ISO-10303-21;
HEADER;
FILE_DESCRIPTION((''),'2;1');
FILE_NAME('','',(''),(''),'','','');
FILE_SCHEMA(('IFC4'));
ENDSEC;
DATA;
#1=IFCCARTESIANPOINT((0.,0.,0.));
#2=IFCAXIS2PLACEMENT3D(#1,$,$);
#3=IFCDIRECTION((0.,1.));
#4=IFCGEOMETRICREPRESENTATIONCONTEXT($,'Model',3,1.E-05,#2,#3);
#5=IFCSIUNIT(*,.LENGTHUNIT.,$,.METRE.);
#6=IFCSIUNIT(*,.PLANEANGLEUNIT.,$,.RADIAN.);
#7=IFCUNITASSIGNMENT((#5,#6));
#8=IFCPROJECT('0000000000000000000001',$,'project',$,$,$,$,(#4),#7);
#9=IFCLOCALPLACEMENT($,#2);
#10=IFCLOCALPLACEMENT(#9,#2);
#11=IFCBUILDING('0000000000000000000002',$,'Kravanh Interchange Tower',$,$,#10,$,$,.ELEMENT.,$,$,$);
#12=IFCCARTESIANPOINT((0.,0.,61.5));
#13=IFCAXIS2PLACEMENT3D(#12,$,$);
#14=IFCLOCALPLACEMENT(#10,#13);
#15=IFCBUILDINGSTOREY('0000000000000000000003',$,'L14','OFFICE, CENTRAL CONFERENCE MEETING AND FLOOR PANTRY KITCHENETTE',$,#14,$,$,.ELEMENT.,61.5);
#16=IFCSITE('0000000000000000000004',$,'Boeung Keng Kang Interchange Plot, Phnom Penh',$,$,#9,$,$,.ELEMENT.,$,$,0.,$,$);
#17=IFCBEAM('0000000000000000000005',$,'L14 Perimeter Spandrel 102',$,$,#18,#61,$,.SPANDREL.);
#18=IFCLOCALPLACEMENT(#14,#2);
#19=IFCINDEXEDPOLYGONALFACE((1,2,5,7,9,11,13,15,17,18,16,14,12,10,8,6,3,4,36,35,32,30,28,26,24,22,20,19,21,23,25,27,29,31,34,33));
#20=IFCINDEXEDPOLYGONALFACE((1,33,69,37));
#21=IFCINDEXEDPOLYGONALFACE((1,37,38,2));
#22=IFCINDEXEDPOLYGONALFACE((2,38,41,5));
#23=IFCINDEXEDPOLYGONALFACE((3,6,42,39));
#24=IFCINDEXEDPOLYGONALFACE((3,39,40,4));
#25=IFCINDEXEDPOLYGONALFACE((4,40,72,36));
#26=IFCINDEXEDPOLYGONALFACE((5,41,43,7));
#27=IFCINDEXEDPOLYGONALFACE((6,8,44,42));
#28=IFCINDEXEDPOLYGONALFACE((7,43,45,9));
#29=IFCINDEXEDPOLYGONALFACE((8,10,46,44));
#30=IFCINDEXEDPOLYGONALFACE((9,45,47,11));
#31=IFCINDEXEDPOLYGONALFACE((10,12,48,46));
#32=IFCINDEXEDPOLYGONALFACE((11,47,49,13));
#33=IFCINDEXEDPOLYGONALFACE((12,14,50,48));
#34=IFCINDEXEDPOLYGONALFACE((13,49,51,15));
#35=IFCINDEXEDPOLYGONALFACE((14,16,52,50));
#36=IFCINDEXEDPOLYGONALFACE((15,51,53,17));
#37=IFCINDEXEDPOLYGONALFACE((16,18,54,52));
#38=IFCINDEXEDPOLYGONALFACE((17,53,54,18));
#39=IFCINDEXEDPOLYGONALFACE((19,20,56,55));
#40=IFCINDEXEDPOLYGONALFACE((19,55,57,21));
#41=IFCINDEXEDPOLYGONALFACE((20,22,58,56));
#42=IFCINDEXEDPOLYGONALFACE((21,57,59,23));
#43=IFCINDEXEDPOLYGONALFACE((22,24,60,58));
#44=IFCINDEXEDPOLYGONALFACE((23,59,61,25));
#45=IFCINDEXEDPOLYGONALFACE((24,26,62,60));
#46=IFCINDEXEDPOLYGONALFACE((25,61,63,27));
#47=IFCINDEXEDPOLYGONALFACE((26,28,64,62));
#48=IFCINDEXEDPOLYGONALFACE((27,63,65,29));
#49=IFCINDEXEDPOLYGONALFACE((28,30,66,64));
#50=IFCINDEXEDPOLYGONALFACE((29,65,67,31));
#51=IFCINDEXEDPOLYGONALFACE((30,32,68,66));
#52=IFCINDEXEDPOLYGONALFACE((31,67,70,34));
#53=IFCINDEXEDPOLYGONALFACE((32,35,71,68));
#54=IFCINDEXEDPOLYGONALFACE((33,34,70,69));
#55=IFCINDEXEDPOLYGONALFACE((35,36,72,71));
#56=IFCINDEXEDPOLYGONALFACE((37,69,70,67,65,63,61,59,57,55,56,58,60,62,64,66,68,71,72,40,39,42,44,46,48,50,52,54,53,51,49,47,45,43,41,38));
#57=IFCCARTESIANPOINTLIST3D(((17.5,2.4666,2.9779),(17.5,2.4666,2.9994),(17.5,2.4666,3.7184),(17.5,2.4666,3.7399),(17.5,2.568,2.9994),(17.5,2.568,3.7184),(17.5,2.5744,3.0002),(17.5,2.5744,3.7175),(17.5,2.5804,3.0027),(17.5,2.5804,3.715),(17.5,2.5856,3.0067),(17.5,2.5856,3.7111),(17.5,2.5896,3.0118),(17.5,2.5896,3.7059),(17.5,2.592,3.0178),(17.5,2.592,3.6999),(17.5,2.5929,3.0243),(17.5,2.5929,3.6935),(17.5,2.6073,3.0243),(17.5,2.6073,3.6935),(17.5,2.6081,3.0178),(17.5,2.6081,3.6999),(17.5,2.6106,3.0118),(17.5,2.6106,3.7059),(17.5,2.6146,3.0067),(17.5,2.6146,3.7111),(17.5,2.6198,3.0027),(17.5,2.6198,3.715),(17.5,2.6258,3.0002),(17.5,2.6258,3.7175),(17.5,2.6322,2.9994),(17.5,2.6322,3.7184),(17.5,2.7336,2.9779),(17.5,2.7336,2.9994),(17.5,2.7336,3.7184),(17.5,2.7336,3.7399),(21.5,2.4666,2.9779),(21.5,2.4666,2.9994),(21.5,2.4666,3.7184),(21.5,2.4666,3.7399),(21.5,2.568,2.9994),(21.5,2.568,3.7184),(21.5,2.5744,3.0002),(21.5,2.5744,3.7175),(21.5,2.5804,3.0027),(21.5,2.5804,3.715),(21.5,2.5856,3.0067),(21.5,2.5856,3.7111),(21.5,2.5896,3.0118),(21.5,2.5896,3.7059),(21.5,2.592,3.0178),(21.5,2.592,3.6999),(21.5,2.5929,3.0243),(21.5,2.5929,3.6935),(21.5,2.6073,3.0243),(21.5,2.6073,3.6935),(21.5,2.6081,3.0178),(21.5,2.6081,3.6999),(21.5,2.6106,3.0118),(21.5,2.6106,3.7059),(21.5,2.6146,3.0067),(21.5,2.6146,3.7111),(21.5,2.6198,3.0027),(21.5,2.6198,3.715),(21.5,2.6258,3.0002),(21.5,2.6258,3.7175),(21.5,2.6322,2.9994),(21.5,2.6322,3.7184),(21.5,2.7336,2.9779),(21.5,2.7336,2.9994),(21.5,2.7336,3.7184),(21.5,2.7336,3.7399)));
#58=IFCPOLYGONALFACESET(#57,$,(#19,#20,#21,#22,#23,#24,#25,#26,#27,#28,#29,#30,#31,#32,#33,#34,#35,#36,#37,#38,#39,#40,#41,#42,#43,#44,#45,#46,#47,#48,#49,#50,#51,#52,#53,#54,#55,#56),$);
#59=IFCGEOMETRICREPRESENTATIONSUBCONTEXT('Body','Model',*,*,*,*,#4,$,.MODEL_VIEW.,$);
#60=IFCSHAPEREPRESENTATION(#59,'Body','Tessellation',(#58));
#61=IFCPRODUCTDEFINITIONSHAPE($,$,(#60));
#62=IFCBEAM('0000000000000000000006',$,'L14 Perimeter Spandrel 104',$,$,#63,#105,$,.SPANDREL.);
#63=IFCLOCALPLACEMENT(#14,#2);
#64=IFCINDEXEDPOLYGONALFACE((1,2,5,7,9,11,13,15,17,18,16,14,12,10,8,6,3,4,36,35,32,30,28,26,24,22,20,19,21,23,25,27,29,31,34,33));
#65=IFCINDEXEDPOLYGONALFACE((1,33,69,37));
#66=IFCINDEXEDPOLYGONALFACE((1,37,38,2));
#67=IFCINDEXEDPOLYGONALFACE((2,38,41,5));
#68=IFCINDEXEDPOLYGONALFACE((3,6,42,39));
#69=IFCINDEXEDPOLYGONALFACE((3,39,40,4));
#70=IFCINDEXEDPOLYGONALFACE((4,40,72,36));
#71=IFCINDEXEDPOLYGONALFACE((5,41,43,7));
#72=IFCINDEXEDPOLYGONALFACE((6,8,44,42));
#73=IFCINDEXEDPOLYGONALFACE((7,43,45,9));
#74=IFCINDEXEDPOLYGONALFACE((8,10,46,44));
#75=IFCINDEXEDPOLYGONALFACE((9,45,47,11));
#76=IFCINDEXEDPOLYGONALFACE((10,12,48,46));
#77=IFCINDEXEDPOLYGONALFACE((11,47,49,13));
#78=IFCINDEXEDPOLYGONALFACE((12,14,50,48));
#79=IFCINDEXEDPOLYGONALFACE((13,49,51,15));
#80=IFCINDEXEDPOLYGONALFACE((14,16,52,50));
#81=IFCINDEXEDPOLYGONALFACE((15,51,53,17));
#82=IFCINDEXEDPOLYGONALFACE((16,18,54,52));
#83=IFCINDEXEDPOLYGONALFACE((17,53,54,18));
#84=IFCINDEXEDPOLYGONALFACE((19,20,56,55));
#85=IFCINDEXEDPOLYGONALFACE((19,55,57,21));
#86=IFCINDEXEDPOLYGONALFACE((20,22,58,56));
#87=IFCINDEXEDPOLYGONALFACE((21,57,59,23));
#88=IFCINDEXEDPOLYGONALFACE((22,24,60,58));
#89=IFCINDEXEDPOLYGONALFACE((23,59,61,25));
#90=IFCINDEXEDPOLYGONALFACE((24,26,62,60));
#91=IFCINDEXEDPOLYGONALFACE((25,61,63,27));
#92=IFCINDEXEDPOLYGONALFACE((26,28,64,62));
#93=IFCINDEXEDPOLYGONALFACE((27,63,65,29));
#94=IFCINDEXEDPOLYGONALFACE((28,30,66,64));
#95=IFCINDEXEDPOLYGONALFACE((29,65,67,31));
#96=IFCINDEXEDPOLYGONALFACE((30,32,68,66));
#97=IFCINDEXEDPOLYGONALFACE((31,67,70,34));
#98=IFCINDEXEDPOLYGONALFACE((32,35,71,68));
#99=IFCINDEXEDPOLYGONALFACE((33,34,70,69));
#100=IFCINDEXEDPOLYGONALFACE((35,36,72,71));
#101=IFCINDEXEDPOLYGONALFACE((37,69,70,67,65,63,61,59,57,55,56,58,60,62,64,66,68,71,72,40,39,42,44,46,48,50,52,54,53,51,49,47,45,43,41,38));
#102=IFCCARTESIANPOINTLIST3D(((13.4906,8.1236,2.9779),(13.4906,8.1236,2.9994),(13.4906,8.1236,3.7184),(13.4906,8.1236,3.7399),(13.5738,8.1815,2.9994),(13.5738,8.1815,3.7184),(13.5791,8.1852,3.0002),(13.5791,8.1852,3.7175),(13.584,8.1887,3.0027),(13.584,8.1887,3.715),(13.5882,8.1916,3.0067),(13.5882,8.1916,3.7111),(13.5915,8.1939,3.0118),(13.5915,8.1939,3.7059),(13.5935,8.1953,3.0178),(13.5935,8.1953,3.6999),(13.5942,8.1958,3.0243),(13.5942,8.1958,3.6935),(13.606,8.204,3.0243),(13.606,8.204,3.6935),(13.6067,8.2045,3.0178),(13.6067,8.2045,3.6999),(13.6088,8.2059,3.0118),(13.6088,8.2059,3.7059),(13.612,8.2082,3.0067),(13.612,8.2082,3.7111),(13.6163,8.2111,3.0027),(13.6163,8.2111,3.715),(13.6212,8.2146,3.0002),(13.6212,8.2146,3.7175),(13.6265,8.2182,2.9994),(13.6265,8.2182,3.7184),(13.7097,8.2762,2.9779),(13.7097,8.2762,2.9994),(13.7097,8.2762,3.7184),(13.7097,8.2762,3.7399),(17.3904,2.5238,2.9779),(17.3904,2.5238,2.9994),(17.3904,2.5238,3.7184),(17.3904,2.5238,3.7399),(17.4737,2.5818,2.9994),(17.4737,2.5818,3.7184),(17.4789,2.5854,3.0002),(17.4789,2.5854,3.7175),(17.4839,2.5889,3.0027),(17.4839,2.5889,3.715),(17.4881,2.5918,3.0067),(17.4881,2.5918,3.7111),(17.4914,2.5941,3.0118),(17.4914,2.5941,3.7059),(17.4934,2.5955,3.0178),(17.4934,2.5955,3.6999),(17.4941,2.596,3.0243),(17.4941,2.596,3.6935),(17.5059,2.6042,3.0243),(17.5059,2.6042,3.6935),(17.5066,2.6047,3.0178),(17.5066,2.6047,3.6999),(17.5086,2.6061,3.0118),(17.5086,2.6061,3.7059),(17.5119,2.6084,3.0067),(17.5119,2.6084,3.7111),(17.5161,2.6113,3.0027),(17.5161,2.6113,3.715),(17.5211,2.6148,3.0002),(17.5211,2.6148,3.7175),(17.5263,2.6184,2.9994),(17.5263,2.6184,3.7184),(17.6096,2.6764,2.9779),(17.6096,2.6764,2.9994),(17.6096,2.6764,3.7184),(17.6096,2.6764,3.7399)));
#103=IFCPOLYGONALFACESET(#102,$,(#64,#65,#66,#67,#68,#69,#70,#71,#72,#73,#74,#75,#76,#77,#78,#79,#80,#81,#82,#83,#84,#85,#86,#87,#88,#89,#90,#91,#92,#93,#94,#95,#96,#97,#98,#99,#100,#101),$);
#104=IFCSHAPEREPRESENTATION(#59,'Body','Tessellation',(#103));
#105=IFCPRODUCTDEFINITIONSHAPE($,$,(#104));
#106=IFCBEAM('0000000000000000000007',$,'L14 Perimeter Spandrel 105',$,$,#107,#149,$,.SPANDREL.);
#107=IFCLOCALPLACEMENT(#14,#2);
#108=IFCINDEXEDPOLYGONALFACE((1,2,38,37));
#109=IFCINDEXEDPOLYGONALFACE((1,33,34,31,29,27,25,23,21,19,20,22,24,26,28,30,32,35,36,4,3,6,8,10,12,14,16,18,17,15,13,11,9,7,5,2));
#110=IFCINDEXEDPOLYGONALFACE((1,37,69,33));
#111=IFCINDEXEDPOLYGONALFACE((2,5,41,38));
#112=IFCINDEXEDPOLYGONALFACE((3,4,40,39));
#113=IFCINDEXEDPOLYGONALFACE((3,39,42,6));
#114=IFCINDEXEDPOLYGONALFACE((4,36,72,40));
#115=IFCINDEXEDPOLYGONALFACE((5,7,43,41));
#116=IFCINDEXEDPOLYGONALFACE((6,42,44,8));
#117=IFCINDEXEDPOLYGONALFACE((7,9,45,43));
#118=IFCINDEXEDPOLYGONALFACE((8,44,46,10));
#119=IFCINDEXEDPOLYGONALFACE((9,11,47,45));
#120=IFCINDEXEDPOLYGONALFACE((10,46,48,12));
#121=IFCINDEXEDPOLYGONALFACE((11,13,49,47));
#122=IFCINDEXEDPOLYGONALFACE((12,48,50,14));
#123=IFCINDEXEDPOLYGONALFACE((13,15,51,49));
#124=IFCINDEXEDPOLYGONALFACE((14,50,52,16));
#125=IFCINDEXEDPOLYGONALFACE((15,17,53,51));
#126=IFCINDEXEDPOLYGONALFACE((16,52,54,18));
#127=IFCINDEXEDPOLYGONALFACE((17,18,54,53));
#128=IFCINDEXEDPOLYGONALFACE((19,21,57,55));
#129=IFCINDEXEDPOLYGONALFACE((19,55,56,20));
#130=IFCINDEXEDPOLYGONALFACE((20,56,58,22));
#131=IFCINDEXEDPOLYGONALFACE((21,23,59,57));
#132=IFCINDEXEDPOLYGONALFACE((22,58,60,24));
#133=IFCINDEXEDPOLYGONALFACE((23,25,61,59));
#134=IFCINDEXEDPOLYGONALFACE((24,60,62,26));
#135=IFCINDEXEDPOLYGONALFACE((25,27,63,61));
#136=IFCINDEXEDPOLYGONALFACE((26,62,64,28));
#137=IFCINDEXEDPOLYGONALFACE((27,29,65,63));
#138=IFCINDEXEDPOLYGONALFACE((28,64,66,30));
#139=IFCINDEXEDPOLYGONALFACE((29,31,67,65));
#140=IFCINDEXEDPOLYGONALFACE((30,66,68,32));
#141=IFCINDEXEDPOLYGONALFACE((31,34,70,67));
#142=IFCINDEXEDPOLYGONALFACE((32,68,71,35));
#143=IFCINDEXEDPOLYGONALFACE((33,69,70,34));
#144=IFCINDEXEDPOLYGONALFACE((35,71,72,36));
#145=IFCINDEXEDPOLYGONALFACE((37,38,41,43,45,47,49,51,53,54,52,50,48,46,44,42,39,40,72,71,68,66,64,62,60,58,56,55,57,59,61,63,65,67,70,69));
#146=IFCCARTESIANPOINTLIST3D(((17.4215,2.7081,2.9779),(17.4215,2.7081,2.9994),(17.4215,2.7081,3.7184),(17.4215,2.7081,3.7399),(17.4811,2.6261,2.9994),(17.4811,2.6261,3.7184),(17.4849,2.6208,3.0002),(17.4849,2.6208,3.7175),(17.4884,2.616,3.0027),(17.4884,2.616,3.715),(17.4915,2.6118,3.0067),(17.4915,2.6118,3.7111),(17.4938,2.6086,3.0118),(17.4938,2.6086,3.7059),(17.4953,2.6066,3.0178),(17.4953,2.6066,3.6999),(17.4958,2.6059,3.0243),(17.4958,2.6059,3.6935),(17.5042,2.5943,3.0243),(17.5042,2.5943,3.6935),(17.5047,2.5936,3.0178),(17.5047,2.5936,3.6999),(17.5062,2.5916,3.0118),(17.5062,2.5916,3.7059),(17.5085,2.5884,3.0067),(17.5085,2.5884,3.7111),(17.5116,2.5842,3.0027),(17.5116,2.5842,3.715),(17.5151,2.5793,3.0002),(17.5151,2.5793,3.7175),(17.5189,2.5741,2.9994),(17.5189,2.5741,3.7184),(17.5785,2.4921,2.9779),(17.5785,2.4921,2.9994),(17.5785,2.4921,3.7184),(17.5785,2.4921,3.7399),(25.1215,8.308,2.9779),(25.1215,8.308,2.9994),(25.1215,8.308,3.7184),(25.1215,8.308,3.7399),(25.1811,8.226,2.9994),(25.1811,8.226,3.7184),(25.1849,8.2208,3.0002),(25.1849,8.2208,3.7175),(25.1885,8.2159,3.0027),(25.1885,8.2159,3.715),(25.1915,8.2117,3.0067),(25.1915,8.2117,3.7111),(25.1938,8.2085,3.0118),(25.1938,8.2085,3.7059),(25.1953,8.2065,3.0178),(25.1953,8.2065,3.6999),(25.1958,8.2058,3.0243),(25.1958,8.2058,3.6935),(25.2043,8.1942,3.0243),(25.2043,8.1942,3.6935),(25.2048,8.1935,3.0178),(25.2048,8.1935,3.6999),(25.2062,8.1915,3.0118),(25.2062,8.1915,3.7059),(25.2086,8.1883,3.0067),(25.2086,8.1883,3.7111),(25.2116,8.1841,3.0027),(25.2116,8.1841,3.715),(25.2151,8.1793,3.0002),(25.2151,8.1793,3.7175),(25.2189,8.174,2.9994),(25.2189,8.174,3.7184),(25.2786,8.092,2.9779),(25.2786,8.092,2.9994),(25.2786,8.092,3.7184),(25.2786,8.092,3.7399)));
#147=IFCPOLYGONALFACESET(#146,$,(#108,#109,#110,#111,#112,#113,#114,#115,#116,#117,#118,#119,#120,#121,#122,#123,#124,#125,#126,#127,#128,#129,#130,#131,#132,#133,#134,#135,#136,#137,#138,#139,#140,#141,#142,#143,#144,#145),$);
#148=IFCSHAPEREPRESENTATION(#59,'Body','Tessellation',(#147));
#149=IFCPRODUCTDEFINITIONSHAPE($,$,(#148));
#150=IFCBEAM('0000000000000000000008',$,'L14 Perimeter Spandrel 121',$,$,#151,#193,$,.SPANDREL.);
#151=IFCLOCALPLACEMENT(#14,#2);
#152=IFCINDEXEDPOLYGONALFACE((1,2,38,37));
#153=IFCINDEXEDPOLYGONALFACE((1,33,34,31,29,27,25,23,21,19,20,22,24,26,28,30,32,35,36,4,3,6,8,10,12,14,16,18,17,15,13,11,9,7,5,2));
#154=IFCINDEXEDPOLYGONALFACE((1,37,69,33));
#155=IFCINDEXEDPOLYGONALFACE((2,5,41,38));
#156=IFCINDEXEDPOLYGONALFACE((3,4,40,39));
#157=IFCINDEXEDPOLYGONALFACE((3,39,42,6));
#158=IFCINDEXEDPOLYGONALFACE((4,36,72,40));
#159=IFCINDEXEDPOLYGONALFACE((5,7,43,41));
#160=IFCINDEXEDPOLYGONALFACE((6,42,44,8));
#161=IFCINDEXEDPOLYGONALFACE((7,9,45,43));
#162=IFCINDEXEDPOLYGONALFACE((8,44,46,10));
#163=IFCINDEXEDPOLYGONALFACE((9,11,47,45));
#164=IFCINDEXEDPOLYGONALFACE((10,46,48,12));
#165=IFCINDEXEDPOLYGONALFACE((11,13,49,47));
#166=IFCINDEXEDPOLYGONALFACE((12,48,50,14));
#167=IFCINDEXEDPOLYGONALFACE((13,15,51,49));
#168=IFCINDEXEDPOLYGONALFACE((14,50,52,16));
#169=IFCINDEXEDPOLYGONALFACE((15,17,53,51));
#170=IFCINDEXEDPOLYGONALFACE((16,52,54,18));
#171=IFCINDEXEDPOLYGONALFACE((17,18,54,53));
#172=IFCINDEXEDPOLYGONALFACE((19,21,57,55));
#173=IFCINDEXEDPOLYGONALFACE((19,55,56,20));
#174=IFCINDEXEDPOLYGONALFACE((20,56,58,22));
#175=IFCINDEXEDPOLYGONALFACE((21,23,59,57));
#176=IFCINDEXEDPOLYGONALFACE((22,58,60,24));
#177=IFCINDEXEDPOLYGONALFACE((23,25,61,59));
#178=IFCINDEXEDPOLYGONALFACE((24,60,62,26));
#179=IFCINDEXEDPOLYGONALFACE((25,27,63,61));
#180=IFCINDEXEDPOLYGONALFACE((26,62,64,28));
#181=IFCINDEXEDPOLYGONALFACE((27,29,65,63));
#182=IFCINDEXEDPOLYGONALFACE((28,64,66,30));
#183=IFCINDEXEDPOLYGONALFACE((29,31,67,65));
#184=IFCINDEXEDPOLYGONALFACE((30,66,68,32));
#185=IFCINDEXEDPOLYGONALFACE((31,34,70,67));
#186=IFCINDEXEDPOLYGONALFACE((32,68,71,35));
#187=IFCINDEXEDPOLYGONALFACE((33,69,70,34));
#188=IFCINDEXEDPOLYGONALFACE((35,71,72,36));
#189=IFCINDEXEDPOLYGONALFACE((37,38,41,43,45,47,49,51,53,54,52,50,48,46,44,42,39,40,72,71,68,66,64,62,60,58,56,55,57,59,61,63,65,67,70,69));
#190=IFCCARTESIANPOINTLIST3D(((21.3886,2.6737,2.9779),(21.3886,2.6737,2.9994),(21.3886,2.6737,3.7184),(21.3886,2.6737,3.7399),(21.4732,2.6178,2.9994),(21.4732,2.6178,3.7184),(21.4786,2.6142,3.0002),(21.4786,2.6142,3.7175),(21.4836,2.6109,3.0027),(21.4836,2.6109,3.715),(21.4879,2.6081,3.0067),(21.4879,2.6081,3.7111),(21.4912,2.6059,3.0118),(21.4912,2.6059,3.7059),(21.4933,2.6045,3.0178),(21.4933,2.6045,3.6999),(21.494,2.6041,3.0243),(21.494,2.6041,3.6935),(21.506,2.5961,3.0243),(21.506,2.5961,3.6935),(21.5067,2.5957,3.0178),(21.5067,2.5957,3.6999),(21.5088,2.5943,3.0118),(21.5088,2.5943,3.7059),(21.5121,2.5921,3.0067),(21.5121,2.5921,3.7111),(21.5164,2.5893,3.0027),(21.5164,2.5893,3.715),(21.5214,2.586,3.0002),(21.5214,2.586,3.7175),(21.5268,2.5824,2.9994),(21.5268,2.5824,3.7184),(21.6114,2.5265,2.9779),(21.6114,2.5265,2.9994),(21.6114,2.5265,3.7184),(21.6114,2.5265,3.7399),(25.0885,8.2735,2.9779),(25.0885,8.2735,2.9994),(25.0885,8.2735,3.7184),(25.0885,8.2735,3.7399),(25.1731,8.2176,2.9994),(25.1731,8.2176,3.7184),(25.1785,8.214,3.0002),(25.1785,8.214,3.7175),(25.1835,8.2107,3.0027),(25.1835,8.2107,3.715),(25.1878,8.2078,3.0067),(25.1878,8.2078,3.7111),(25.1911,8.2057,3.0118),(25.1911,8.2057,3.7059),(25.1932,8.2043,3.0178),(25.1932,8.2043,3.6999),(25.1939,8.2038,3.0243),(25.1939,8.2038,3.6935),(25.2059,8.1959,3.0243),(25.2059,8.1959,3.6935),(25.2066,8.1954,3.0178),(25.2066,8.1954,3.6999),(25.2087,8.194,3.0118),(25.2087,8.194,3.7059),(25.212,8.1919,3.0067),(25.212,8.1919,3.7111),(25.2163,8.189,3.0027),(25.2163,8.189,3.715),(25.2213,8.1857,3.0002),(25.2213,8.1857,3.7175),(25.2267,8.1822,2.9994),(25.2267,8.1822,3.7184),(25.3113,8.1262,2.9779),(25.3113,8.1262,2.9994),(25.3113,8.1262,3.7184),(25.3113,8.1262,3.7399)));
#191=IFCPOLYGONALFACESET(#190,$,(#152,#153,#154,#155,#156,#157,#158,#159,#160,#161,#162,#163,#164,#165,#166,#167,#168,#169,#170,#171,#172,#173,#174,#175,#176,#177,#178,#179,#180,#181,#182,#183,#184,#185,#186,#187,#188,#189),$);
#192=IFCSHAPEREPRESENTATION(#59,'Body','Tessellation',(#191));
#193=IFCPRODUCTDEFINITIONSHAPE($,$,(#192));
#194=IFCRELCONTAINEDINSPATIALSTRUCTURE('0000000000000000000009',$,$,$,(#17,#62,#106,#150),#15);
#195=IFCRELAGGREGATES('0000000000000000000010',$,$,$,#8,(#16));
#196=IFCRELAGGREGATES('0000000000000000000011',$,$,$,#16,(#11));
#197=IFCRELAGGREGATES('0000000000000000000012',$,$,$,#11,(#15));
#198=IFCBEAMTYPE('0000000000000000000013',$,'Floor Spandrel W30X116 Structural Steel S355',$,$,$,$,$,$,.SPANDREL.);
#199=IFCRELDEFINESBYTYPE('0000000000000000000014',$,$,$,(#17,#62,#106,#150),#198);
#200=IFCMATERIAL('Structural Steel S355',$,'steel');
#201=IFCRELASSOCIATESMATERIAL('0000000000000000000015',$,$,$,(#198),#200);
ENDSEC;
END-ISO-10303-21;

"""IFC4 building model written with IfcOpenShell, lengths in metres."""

from ifc_helpers import new_model, si_unit, direction, frame, origin, origin_2d, place, context, subcontext, project, spatial, i_section, extrude, material, material_profile, profile_set, type_object, element, save


model = new_model("IFC4")

# Units and contexts
model_context = context("Model", 3, precision=1e-05, world=origin(), true_north=direction((0.0, 1.0)))
body_context = subcontext(model_context, "Body", "Model", "MODEL_VIEW")
ifc_project = project(units=[si_unit("LENGTHUNIT", "METRE"), si_unit("PLANEANGLEUNIT", "RADIAN")], contexts=[model_context])

# Site, building, storey
site_placement = place(None, origin())
site = spatial("IfcSite", under=ifc_project, at=site_placement, Name="Boeung Keng Kang Interchange Plot, Phnom Penh", CompositionType="ELEMENT", RefElevation=0.0)
building_placement = place(site_placement, origin())
building = spatial("IfcBuilding", under=site, at=building_placement, Name="Kravanh Interchange Tower", CompositionType="ELEMENT")
storey_placement = place(building_placement, frame((0.0, 0.0, 61.5)))
storey = spatial("IfcBuildingStorey", under=building, at=storey_placement, Name="L14", Description="OFFICE, CENTRAL CONFERENCE MEETING AND FLOOR PANTRY KITCHENETTE", CompositionType="ELEMENT", Elevation=61.5)

# Beams
ifc_material_1 = material(Name="Structural Steel S355", Category="steel")
ifc_material_profile_1 = material_profile(ifc_material_1, i_section(OverallWidth=0.2671, OverallDepth=0.762, WebThickness=0.0144, FlangeThickness=0.0215, FilletRadius=0.0249, at=origin_2d()), Name="W30X116")
ifc_profile_set_1 = profile_set([ifc_material_profile_1], Name="Structural Steel S355")
beam_type_1 = type_object("IfcBeamType", Name="Floor Spandrel W30X116 Structural Steel S355", PredefinedType="SPANDREL", material=ifc_profile_set_1)
beam_1_placement = place(storey_placement, frame((17.5, 2.6001, 3.3589), z_axis=(1.0, 0.0, 0.0), x_axis=(0.0, 1.0, 0.0)))
element("IfcBeam", 1, at=beam_1_placement, inside=storey, type_object=beam_type_1, Name="L14 Perimeter Spandrel 102", PredefinedType="SPANDREL", context=body_context, shape_type="SweptSolid", body=[
    extrude(i_section(OverallWidth=0.2671, OverallDepth=0.762, WebThickness=0.0144, FlangeThickness=0.0215, FilletRadius=0.0249, at=origin_2d()), origin(), (0.0, 0.0, 1.0), 4.0),
])
beam_2_placement = place(storey_placement, frame((17.5, 2.6001, 3.3589), z_axis=(-0.571494, 0.820606, 0.0), x_axis=(-0.820606, -0.571494, 0.0)))
element("IfcBeam", 2, at=beam_2_placement, inside=storey, type_object=beam_type_1, Name="L14 Perimeter Spandrel 104", PredefinedType="SPANDREL", context=body_context, shape_type="SweptSolid", body=[
    extrude(i_section(OverallWidth=0.2671, OverallDepth=0.762, WebThickness=0.0144, FlangeThickness=0.0215, FilletRadius=0.0249, at=origin_2d()), origin(), (0.0, 0.0, 1.0), 6.824),
])
beam_3_placement = place(storey_placement, frame((17.5, 2.6001, 3.3589), z_axis=(0.808742, 0.588164, 0.0), x_axis=(-0.588164, 0.808742, 0.0)))
element("IfcBeam", 3, at=beam_3_placement, inside=storey, type_object=beam_type_1, Name="L14 Perimeter Spandrel 105", PredefinedType="SPANDREL", context=body_context, shape_type="SweptSolid", body=[
    extrude(i_section(OverallWidth=0.2671, OverallDepth=0.762, WebThickness=0.0144, FlangeThickness=0.0215, FilletRadius=0.0249, at=origin_2d()), origin(), (0.0, 0.0, 1.0), 9.521),
])
beam_4_placement = place(storey_placement, frame((21.5, 2.6001, 3.3589), z_axis=(0.551262, 0.834332, 0.0), x_axis=(-0.834332, 0.551262, 0.0)))
element("IfcBeam", 4, at=beam_4_placement, inside=storey, type_object=beam_type_1, Name="L14 Perimeter Spandrel 121", PredefinedType="SPANDREL", context=body_context, shape_type="SweptSolid", body=[
    extrude(i_section(OverallWidth=0.2671, OverallDepth=0.762, WebThickness=0.0144, FlangeThickness=0.0215, FilletRadius=0.0249, at=origin_2d()), origin(), (0.0, 0.0, 1.0), 6.7117),
])

save(model, "model.ifc")
